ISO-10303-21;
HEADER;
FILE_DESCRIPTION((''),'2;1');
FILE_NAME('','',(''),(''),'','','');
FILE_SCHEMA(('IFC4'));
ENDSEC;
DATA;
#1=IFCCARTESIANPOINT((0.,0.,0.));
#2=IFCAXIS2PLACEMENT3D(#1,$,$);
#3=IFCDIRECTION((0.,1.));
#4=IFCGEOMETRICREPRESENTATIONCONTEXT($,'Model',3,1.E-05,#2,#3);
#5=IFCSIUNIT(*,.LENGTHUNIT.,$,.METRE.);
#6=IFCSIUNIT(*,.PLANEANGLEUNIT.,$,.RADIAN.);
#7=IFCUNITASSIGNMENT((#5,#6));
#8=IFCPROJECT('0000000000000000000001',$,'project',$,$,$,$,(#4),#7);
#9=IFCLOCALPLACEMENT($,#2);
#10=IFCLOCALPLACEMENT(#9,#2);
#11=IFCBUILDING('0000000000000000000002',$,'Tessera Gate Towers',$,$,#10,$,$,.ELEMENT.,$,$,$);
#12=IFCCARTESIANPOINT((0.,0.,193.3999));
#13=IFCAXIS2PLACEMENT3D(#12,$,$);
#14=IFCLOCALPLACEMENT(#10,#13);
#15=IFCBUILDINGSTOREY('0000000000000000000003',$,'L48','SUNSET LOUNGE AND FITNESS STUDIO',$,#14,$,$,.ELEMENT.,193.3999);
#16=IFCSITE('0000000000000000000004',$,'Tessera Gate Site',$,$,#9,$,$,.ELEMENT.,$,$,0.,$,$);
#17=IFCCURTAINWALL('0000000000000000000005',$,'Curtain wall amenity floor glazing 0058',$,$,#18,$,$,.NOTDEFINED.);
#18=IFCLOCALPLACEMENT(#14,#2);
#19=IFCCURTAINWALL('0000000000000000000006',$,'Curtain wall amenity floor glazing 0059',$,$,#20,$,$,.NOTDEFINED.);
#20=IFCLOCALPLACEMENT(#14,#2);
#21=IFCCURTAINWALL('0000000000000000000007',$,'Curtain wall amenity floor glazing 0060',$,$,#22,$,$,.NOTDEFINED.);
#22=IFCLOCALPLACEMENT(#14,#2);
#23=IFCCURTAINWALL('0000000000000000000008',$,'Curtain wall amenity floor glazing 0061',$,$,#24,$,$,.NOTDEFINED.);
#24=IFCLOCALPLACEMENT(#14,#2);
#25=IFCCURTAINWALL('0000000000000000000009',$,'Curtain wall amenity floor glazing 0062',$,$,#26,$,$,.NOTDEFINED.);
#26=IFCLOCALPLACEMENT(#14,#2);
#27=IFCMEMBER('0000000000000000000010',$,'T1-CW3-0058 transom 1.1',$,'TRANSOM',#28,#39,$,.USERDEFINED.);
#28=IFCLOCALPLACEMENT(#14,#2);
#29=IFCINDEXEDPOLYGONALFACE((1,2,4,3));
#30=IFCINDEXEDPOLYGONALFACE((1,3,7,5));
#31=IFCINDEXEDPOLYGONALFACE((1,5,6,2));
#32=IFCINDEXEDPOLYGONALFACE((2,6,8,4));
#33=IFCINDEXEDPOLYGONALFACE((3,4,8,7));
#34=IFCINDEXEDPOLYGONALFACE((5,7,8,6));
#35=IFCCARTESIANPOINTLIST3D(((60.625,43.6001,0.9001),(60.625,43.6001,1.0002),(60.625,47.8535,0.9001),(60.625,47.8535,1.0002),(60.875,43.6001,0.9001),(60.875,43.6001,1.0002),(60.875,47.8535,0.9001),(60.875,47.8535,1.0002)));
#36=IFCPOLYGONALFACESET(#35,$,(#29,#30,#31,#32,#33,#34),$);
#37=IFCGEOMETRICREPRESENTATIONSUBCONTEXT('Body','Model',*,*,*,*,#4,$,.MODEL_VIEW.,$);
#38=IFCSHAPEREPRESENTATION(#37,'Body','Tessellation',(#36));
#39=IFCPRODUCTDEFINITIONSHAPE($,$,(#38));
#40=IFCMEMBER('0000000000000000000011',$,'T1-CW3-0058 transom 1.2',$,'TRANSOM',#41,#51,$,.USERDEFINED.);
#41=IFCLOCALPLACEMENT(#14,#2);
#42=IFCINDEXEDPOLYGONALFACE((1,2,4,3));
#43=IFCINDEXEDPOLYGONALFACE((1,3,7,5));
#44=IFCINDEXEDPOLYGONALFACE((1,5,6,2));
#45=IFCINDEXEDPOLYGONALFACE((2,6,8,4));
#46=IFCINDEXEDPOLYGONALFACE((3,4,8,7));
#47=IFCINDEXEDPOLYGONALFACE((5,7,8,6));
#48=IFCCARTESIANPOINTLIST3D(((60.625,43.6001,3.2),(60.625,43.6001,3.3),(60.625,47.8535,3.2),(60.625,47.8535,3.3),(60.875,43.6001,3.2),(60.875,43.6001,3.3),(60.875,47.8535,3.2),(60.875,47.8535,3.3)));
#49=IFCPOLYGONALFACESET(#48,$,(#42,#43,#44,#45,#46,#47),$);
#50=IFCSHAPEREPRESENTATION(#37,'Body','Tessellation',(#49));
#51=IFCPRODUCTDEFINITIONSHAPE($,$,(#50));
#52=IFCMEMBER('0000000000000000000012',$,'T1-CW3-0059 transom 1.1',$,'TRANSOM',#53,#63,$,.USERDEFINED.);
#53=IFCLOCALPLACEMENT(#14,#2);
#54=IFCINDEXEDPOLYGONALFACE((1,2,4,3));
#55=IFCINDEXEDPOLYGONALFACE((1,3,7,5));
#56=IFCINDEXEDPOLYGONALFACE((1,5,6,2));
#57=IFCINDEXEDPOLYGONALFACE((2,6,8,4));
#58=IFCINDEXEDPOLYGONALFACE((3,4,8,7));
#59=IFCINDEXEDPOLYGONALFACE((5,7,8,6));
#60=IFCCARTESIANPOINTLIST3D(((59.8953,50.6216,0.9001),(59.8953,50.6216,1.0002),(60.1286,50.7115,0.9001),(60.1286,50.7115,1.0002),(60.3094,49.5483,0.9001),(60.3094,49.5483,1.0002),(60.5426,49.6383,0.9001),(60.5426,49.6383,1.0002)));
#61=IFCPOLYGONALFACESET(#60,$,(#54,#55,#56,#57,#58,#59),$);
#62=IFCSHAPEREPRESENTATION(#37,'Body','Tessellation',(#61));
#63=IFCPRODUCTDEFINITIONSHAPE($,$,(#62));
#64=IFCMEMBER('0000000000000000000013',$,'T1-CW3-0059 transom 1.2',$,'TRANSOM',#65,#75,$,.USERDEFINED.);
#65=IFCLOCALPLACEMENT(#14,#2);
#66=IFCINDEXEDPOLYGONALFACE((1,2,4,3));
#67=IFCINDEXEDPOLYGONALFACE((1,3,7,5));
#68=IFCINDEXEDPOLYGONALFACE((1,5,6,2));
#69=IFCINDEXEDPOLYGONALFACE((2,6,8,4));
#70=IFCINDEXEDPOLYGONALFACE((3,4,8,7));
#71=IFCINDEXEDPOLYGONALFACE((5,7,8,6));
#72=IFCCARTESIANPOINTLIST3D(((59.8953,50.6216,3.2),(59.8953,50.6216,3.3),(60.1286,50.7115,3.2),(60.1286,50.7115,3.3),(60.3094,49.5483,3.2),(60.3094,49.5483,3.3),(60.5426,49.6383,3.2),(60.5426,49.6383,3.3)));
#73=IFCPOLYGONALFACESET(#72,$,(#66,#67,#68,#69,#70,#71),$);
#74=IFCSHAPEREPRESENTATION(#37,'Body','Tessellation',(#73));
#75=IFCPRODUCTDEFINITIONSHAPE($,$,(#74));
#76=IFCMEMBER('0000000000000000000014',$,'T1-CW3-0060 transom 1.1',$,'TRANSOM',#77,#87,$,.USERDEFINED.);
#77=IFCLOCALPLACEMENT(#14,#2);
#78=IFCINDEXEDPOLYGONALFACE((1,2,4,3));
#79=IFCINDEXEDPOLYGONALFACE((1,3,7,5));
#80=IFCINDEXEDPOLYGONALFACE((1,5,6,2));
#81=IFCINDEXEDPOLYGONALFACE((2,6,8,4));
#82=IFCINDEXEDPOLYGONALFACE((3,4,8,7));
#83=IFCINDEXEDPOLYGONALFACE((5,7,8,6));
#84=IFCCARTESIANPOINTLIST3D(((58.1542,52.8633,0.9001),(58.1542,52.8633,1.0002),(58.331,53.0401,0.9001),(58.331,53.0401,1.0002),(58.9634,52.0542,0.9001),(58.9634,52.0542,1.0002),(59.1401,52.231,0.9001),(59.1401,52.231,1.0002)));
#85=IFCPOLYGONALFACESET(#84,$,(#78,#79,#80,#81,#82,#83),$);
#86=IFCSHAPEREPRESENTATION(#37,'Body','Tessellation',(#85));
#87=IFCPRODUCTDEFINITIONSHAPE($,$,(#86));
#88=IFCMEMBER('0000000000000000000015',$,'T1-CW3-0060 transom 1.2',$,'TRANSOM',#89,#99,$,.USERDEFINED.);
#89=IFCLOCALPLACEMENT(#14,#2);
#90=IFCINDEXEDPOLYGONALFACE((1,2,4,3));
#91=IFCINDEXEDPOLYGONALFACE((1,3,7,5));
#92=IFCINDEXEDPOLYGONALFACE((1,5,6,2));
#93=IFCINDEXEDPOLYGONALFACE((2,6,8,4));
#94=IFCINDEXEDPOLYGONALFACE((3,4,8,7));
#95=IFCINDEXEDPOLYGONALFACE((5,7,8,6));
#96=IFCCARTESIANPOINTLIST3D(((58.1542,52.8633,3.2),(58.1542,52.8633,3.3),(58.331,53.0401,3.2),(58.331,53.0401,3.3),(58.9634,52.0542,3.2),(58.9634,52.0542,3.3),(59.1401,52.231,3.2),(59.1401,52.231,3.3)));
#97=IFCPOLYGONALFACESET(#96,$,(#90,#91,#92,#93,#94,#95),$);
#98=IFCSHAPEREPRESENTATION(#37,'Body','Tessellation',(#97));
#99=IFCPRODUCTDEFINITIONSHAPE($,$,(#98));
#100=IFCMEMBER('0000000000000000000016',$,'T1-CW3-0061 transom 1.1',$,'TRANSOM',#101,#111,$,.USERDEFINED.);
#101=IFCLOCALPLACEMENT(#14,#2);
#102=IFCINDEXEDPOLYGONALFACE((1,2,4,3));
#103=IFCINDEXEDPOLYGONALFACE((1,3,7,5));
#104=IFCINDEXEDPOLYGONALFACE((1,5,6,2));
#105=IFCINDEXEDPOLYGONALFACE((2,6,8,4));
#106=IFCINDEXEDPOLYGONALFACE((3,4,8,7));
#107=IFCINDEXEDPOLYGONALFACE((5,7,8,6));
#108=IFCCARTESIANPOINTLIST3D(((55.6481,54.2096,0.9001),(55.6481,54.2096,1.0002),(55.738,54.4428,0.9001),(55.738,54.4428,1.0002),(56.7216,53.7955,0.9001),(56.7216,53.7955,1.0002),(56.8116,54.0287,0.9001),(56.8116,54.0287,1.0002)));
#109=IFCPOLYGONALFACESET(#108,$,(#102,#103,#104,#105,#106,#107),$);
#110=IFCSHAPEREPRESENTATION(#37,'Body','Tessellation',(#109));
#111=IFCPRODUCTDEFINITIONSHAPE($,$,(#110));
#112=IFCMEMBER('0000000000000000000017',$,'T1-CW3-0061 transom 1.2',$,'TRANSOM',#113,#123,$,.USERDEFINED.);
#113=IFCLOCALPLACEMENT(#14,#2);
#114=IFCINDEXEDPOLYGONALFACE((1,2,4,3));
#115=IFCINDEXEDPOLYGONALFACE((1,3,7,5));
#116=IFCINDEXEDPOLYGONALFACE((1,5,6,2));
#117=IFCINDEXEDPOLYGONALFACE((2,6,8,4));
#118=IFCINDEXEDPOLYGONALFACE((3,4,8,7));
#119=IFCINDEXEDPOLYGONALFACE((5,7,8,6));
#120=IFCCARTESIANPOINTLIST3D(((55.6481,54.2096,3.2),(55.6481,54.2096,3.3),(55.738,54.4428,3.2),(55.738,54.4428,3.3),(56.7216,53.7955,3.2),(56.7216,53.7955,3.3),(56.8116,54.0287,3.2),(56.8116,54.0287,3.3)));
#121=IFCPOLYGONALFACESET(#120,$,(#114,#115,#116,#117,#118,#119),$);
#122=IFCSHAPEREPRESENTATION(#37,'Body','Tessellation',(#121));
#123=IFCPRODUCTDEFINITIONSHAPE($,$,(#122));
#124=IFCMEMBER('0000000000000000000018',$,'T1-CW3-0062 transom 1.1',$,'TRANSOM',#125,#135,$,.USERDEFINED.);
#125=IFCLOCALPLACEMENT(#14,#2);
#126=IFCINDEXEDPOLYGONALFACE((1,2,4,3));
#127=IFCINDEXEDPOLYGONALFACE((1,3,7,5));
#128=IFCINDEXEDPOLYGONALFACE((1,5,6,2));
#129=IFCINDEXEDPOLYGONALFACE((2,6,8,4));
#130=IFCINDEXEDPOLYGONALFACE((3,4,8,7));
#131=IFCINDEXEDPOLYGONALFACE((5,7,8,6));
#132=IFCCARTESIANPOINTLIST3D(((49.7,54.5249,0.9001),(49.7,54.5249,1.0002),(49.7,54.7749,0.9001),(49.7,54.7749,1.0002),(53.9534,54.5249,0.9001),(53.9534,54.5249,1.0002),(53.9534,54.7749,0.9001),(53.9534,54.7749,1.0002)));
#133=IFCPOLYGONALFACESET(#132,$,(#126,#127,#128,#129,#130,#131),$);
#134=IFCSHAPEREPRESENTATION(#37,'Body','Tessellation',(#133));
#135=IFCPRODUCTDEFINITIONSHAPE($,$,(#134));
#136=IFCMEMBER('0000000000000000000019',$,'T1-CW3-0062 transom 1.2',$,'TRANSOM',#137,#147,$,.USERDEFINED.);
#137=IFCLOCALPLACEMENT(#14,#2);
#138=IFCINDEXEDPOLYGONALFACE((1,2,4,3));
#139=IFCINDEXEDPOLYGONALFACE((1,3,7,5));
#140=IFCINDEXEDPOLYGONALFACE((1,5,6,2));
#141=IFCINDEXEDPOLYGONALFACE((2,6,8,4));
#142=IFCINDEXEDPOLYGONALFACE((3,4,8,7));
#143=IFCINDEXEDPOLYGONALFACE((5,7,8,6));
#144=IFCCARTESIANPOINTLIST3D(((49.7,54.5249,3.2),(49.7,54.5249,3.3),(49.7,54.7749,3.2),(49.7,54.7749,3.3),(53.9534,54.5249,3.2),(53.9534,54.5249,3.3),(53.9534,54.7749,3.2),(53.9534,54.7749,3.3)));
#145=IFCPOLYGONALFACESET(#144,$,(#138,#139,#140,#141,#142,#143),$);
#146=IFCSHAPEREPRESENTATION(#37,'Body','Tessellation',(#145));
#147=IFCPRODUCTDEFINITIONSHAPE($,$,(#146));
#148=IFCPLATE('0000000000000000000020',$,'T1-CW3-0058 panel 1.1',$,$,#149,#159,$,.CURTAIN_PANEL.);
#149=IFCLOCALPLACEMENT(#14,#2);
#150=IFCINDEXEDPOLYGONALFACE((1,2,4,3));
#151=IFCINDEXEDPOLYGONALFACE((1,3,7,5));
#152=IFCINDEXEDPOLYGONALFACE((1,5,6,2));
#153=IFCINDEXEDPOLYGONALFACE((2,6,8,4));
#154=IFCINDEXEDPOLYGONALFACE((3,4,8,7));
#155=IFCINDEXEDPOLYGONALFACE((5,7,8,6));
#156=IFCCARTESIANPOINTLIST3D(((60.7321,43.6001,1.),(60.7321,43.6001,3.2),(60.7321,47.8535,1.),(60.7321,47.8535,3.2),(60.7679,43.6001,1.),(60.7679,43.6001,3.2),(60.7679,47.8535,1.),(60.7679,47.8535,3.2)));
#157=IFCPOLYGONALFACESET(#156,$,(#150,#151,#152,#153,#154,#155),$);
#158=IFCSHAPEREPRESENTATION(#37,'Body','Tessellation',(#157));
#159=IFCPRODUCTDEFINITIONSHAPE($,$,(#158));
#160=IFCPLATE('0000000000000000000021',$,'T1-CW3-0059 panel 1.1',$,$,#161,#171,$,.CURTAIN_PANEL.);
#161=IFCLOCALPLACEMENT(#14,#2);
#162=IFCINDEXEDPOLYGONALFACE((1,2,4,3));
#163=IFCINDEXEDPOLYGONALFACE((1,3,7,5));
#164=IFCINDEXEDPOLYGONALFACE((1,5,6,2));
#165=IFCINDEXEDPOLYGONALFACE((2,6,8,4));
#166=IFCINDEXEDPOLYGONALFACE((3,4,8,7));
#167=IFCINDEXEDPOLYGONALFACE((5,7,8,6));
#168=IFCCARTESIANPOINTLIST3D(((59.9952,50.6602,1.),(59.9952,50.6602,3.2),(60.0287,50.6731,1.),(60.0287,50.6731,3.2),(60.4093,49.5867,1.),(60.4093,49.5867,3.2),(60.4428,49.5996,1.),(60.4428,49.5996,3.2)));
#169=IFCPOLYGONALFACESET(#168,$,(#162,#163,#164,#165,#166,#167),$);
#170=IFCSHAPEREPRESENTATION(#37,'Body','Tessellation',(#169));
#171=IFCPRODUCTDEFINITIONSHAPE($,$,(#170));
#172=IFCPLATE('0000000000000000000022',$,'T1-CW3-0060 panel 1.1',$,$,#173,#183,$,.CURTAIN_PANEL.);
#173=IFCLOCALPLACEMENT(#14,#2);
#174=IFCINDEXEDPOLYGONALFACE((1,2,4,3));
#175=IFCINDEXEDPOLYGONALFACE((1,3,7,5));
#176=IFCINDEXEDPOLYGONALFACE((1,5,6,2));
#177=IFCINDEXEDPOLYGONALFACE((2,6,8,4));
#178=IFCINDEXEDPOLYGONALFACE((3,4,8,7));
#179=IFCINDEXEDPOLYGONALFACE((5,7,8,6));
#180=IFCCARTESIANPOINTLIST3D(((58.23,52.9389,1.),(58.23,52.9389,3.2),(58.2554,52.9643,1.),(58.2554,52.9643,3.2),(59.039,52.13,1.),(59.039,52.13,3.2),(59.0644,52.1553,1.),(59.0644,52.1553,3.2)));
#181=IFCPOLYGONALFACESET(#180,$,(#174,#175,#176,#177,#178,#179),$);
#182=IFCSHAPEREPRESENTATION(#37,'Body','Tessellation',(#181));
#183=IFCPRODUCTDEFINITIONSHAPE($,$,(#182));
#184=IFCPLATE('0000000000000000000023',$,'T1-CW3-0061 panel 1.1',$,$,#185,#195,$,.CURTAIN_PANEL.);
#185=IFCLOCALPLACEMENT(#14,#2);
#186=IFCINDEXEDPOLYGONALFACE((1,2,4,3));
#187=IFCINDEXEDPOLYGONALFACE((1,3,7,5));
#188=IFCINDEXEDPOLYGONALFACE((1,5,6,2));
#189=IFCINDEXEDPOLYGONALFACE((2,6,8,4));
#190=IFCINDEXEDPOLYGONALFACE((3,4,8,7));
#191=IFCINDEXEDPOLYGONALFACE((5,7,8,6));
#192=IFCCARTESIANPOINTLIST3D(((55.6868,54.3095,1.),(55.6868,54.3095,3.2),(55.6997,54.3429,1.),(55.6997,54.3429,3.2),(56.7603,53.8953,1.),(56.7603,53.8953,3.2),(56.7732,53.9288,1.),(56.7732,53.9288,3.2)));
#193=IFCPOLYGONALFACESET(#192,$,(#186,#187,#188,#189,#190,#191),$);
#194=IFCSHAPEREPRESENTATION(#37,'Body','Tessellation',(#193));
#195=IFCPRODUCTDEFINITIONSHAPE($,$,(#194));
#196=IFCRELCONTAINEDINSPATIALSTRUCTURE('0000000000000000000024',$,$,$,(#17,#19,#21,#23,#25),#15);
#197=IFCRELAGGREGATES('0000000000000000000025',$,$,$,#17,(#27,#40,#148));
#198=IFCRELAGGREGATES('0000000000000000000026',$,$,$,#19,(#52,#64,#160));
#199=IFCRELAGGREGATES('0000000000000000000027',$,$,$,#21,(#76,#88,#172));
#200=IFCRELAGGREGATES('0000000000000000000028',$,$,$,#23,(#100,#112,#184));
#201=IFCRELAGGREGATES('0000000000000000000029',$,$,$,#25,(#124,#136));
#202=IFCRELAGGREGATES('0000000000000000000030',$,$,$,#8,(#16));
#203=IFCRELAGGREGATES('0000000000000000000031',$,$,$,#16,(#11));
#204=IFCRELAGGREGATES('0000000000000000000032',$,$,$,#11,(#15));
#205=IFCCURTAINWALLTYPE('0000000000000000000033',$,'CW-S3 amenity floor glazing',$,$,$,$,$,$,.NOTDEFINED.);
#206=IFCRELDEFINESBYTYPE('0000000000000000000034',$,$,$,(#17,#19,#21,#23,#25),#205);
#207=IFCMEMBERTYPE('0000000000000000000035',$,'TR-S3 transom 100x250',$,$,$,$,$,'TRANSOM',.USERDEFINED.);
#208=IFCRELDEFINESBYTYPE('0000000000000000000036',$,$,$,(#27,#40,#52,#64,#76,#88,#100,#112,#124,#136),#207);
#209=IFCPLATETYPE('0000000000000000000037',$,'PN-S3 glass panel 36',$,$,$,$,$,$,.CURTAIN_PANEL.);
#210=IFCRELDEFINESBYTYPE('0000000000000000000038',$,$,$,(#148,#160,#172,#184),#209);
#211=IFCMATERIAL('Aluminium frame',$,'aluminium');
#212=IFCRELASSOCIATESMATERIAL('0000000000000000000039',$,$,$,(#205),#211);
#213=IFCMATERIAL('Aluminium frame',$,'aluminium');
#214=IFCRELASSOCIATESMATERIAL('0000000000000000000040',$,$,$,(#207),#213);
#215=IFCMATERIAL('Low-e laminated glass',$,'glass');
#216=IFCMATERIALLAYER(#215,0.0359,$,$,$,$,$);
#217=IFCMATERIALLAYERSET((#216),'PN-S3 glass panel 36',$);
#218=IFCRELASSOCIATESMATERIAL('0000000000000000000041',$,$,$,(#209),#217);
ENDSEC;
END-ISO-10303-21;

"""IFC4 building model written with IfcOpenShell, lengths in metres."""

from ifc_helpers import new_model, si_unit, direction, frame, origin, origin_2d, place, context, subcontext, project, spatial, rectangle, extrude, material, layer, layer_set, material_profile, profile_set, type_object, element, aggregate, save


model = new_model("IFC4")

# Units and contexts
model_context = context("Model", 3, precision=1e-05, world=origin(), true_north=direction((0.0, 1.0)))
body_context = subcontext(model_context, "Body", "Model", "MODEL_VIEW")
ifc_project = project(units=[si_unit("LENGTHUNIT", "METRE"), si_unit("PLANEANGLEUNIT", "RADIAN")], contexts=[model_context])

# Site, building, storey
site_placement = place(None, origin())
site = spatial("IfcSite", under=ifc_project, at=site_placement, Name="Tessera Gate Site", CompositionType="ELEMENT", RefElevation=0.0)
building_placement = place(site_placement, origin())
building = spatial("IfcBuilding", under=site, at=building_placement, Name="Tessera Gate Towers", CompositionType="ELEMENT")
storey_placement = place(building_placement, frame((0.0, 0.0, 193.3999)))
storey = spatial("IfcBuildingStorey", under=building, at=storey_placement, Name="L48", Description="SUNSET LOUNGE AND FITNESS STUDIO", CompositionType="ELEMENT", Elevation=193.3999)

# Curtain walls
ifc_material_1 = material(Name="Aluminium frame", Category="aluminium")
curtain_wall_type = type_object("IfcCurtainWallType", Name="CW-S3 amenity floor glazing", PredefinedType="NOTDEFINED", material=ifc_material_1)
curtain_wall_1_placement = place(storey_placement, origin())
curtain_wall_1 = element("IfcCurtainWall", 1, at=curtain_wall_1_placement, inside=storey, type_object=curtain_wall_type, Name="Curtain wall amenity floor glazing 0058", PredefinedType="NOTDEFINED")
curtain_wall_2_placement = place(storey_placement, origin())
curtain_wall_2 = element("IfcCurtainWall", 2, at=curtain_wall_2_placement, inside=storey, type_object=curtain_wall_type, Name="Curtain wall amenity floor glazing 0059", PredefinedType="NOTDEFINED")
curtain_wall_3_placement = place(storey_placement, origin())
curtain_wall_3 = element("IfcCurtainWall", 3, at=curtain_wall_3_placement, inside=storey, type_object=curtain_wall_type, Name="Curtain wall amenity floor glazing 0060", PredefinedType="NOTDEFINED")
curtain_wall_4_placement = place(storey_placement, origin())
curtain_wall_4 = element("IfcCurtainWall", 4, at=curtain_wall_4_placement, inside=storey, type_object=curtain_wall_type, Name="Curtain wall amenity floor glazing 0061", PredefinedType="NOTDEFINED")

# Curtain wall
curtain_wall_5_placement = place(storey_placement, origin())
curtain_wall_5 = element("IfcCurtainWall", 5, at=curtain_wall_5_placement, inside=storey, type_object=curtain_wall_type, Name="Curtain wall amenity floor glazing 0062", PredefinedType="NOTDEFINED")

# Members
ifc_material_2 = material(Name="Aluminium frame", Category="aluminium")
ifc_material_profile_1 = material_profile(ifc_material_2, rectangle(XDim=0.25, YDim=0.1001, at=origin_2d()), Name="AL 100x250")
ifc_profile_set_1 = profile_set([ifc_material_profile_1], Name="Aluminium frame")
member_type_1 = type_object("IfcMemberType", Name="TR-S3 transom 100x250", ElementType="TRANSOM", PredefinedType="USERDEFINED", material=ifc_profile_set_1)
member_1_placement = place(storey_placement, frame((60.75, 43.6001, 0.9502), z_axis=(0.0, 1.0, 0.0), x_axis=(-1.0, 0.0, 0.0)))
member_1 = element("IfcMember", 6, at=member_1_placement, type_object=member_type_1, Name="T1-CW3-0058 transom 1.1", ObjectType="TRANSOM", PredefinedType="USERDEFINED", context=body_context, shape_type="SweptSolid", body=[
    extrude(rectangle(XDim=0.25, YDim=0.1001, at=origin_2d()), origin(), (0.0, 0.0, 1.0), 4.2534),
])
member_2_placement = place(storey_placement, frame((60.75, 43.6001, 3.25), z_axis=(0.0, 1.0, 0.0), x_axis=(-1.0, 0.0, 0.0)))
member_2 = element("IfcMember", 7, at=member_2_placement, type_object=member_type_1, Name="T1-CW3-0058 transom 1.2", ObjectType="TRANSOM", PredefinedType="USERDEFINED", context=body_context, shape_type="SweptSolid", body=[
    extrude(rectangle(XDim=0.25, YDim=0.1001, at=origin_2d()), origin(), (0.0, 0.0, 1.0), 4.2534),
])
member_3_placement = place(storey_placement, frame((60.426, 49.5933, 0.9502), z_axis=(-0.359946, 0.932973, 0.0), x_axis=(-0.932973, -0.359946, 0.0)))
member_3 = element("IfcMember", 8, at=member_3_placement, type_object=member_type_1, Name="T1-CW3-0059 transom 1.1", ObjectType="TRANSOM", PredefinedType="USERDEFINED", context=body_context, shape_type="SweptSolid", body=[
    extrude(rectangle(XDim=0.25, YDim=0.1001, at=origin_2d()), origin(), (0.0, 0.0, 1.0), 1.1504),
])
member_4_placement = place(storey_placement, frame((60.426, 49.5933, 3.25), z_axis=(-0.359946, 0.932973, 0.0), x_axis=(-0.932973, -0.359946, 0.0)))
member_4 = element("IfcMember", 9, at=member_4_placement, type_object=member_type_1, Name="T1-CW3-0059 transom 1.2", ObjectType="TRANSOM", PredefinedType="USERDEFINED", context=body_context, shape_type="SweptSolid", body=[
    extrude(rectangle(XDim=0.25, YDim=0.1001, at=origin_2d()), origin(), (0.0, 0.0, 1.0), 1.1504),
])
member_5_placement = place(storey_placement, frame((59.0518, 52.1426, 0.9502), z_axis=(-0.707107, 0.707107, 0.0), x_axis=(-0.707107, -0.707107, 0.0)))
member_5 = element("IfcMember", 10, at=member_5_placement, type_object=member_type_1, Name="T1-CW3-0060 transom 1.1", ObjectType="TRANSOM", PredefinedType="USERDEFINED", context=body_context, shape_type="SweptSolid", body=[
    extrude(rectangle(XDim=0.25, YDim=0.1001, at=origin_2d()), origin(), (0.0, 0.0, 1.0), 1.1443),
])
member_6_placement = place(storey_placement, frame((59.0518, 52.1426, 3.25), z_axis=(-0.707107, 0.707107, 0.0), x_axis=(-0.707107, -0.707107, 0.0)))
member_6 = element("IfcMember", 11, at=member_6_placement, type_object=member_type_1, Name="T1-CW3-0060 transom 1.2", ObjectType="TRANSOM", PredefinedType="USERDEFINED", context=body_context, shape_type="SweptSolid", body=[
    extrude(rectangle(XDim=0.25, YDim=0.1001, at=origin_2d()), origin(), (0.0, 0.0, 1.0), 1.1443),
])
member_7_placement = place(storey_placement, frame((56.7666, 53.9121, 0.9502), z_axis=(-0.933001, 0.359875, 0.0), x_axis=(-0.359875, -0.933001, 0.0)))
member_7 = element("IfcMember", 12, at=member_7_placement, type_object=member_type_1, Name="T1-CW3-0061 transom 1.1", ObjectType="TRANSOM", PredefinedType="USERDEFINED", context=body_context, shape_type="SweptSolid", body=[
    extrude(rectangle(XDim=0.25, YDim=0.1001, at=origin_2d()), origin(), (0.0, 0.0, 1.0), 1.1506),
])
member_8_placement = place(storey_placement, frame((56.7666, 53.9121, 3.25), z_axis=(-0.933001, 0.359875, 0.0), x_axis=(-0.359875, -0.933001, 0.0)))
member_8 = element("IfcMember", 13, at=member_8_placement, type_object=member_type_1, Name="T1-CW3-0061 transom 1.2", ObjectType="TRANSOM", PredefinedType="USERDEFINED", context=body_context, shape_type="SweptSolid", body=[
    extrude(rectangle(XDim=0.25, YDim=0.1001, at=origin_2d()), origin(), (0.0, 0.0, 1.0), 1.1506),
])
member_9_placement = place(storey_placement, frame((53.9534, 54.6499, 0.9502), z_axis=(-1.0, 0.0, 0.0), x_axis=(0.0, -1.0, 0.0)))
member_9 = element("IfcMember", 14, at=member_9_placement, type_object=member_type_1, Name="T1-CW3-0062 transom 1.1", ObjectType="TRANSOM", PredefinedType="USERDEFINED", context=body_context, shape_type="SweptSolid", body=[
    extrude(rectangle(XDim=0.25, YDim=0.1001, at=origin_2d()), origin(), (0.0, 0.0, 1.0), 4.2534),
])
member_10_placement = place(storey_placement, frame((53.9534, 54.6499, 3.25), z_axis=(-1.0, 0.0, 0.0), x_axis=(0.0, -1.0, 0.0)))
member_10 = element("IfcMember", 15, at=member_10_placement, type_object=member_type_1, Name="T1-CW3-0062 transom 1.2", ObjectType="TRANSOM", PredefinedType="USERDEFINED", context=body_context, shape_type="SweptSolid", body=[
    extrude(rectangle(XDim=0.25, YDim=0.1001, at=origin_2d()), origin(), (0.0, 0.0, 1.0), 4.2534),
])

# Plates
ifc_material_3 = material(Name="Low-e laminated glass", Category="glass")
ifc_layer_1 = layer(ifc_material_3, 0.0359)
ifc_layer_set_1 = layer_set([ifc_layer_1], Name="PN-S3 glass panel 36")
plate_type = type_object("IfcPlateType", Name="PN-S3 glass panel 36", PredefinedType="CURTAIN_PANEL", material=ifc_layer_set_1)
plate_1_placement = place(storey_placement, frame((60.75, 45.7268, 1.0), z_axis=(0.0, 0.0, 1.0), x_axis=(0.0, 1.0, 0.0)))
plate_1 = element("IfcPlate", 16, at=plate_1_placement, type_object=plate_type, Name="T1-CW3-0058 panel 1.1", PredefinedType="CURTAIN_PANEL", context=body_context, shape_type="SweptSolid", body=[
    extrude(rectangle(XDim=4.2534, YDim=0.0359, at=origin_2d()), origin(), (0.0, 0.0, 1.0), 2.2),
])
aggregate(curtain_wall_1, [member_1, member_2, plate_1])
plate_2_placement = place(storey_placement, frame((60.219, 50.1299, 1.0), z_axis=(0.0, 0.0, 1.0), x_axis=(-0.359904, 0.932989, 0.0)))
plate_2 = element("IfcPlate", 17, at=plate_2_placement, type_object=plate_type, Name="T1-CW3-0059 panel 1.1", PredefinedType="CURTAIN_PANEL", context=body_context, shape_type="SweptSolid", body=[
    extrude(rectangle(XDim=1.1506, YDim=0.0359, at=origin_2d()), origin(), (0.0, 0.0, 1.0), 2.2),
])
aggregate(curtain_wall_2, [member_3, member_4, plate_2])
plate_3_placement = place(storey_placement, frame((58.6472, 52.5471, 1.0), z_axis=(0.0, 0.0, 1.0), x_axis=(-0.707107, 0.707107, 0.0)))
plate_3 = element("IfcPlate", 18, at=plate_3_placement, type_object=plate_type, Name="T1-CW3-0060 panel 1.1", PredefinedType="CURTAIN_PANEL", context=body_context, shape_type="SweptSolid", body=[
    extrude(rectangle(XDim=1.144, YDim=0.0359, at=origin_2d()), origin(), (0.0, 0.0, 1.0), 2.2),
])
aggregate(curtain_wall_3, [member_5, member_6, plate_3])
plate_4_placement = place(storey_placement, frame((56.23, 54.1191, 1.0), z_axis=(0.0, 0.0, 1.0), x_axis=(-0.932989, 0.359904, 0.0)))
plate_4 = element("IfcPlate", 19, at=plate_4_placement, type_object=plate_type, Name="T1-CW3-0061 panel 1.1", PredefinedType="CURTAIN_PANEL", context=body_context, shape_type="SweptSolid", body=[
    extrude(rectangle(XDim=1.1506, YDim=0.0359, at=origin_2d()), origin(), (0.0, 0.0, 1.0), 2.2),
])
aggregate(curtain_wall_4, [member_7, member_8, plate_4])
aggregate(curtain_wall_5, [member_9, member_10])

save(model, "model.ifc")
